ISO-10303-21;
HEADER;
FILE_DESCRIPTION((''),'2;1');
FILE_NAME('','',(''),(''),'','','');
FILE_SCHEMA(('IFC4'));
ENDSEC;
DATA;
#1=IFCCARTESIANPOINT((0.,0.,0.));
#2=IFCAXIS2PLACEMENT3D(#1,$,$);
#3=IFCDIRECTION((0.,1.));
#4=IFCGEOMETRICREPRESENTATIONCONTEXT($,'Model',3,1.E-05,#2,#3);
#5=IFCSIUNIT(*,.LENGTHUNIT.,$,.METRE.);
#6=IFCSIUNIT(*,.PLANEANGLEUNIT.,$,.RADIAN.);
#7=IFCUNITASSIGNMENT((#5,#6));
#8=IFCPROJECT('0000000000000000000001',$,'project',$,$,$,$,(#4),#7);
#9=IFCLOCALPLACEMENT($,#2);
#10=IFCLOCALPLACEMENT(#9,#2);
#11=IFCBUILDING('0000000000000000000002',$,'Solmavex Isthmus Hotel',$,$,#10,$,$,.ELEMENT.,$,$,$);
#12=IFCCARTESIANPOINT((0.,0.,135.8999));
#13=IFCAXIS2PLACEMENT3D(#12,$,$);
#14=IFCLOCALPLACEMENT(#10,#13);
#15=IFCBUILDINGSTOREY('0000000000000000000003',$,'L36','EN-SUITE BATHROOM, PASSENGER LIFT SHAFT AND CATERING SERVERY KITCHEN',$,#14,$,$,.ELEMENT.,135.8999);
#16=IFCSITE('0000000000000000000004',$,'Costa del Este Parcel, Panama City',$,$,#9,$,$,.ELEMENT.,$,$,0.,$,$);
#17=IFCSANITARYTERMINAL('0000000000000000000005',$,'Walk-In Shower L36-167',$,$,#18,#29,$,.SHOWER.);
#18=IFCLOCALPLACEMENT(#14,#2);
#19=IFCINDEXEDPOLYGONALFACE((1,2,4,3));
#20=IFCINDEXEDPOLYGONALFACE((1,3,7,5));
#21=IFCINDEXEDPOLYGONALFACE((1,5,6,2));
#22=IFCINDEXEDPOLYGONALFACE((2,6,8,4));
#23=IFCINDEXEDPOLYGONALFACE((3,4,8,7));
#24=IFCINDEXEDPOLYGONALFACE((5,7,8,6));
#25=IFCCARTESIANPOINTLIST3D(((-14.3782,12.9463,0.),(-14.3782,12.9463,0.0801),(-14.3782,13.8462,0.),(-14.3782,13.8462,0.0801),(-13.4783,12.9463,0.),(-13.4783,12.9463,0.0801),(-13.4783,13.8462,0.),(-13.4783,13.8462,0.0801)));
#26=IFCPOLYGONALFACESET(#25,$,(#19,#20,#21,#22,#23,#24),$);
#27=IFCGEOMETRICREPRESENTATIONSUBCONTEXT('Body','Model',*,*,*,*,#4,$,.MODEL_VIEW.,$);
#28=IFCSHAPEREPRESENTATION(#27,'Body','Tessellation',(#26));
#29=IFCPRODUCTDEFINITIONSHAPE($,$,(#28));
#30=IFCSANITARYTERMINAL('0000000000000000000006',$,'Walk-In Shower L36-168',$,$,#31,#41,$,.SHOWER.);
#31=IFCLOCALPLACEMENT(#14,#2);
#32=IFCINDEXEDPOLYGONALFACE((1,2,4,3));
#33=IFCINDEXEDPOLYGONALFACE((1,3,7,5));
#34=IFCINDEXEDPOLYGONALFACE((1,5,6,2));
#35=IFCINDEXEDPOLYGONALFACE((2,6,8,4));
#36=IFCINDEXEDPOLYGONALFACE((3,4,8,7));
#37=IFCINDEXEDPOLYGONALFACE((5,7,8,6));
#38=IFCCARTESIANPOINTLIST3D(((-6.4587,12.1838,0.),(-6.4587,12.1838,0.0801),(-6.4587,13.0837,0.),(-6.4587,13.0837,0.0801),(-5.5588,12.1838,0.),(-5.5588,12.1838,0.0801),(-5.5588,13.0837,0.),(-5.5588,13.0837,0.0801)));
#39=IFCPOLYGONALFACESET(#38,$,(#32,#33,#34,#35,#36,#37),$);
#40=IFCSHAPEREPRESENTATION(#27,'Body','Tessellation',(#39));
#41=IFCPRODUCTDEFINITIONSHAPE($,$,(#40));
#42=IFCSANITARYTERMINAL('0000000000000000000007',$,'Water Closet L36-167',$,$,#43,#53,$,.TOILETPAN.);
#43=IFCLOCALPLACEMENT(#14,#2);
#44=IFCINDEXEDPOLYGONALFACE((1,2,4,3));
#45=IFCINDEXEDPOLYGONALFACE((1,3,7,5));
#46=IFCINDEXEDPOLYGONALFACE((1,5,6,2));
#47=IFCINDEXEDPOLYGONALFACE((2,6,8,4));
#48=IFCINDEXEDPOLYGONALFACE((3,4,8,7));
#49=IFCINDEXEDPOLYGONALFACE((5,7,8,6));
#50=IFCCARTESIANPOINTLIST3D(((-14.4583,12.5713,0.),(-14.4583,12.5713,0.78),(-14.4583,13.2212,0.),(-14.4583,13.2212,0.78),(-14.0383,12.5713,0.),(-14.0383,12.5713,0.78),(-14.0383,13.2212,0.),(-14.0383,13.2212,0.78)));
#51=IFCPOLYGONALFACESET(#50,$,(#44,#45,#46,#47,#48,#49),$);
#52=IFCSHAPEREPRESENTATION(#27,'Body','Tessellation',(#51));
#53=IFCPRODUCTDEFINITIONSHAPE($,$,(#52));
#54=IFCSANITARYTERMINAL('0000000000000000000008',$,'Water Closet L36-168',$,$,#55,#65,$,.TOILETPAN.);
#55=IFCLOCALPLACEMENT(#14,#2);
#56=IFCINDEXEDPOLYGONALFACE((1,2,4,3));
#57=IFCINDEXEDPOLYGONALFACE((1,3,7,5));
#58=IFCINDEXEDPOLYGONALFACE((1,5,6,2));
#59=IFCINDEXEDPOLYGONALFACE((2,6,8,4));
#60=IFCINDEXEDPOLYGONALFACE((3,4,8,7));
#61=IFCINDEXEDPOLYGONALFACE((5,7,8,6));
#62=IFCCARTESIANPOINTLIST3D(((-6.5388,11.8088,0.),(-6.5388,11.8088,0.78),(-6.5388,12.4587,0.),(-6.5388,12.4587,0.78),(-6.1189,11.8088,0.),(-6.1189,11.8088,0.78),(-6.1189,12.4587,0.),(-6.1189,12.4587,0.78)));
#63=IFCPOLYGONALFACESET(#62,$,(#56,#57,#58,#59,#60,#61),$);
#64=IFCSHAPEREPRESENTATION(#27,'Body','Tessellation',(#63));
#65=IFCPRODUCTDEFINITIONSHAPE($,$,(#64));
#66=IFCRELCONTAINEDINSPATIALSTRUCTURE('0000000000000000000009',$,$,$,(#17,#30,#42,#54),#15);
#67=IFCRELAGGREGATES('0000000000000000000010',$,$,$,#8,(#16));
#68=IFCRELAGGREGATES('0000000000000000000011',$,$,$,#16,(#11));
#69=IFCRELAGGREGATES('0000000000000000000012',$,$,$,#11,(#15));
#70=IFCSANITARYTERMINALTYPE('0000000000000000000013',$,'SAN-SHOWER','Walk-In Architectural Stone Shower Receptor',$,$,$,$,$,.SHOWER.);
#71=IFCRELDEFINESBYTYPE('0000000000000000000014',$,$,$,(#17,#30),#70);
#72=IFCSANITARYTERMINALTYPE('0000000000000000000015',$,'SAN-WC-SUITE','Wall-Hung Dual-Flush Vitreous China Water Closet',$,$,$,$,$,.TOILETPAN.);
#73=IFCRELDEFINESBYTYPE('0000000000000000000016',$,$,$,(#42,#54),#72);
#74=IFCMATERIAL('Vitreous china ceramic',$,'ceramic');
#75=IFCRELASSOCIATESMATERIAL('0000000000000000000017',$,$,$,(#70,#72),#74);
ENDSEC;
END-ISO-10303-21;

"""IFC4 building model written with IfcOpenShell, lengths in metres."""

from ifc_helpers import new_model, si_unit, direction, frame, origin, origin_2d, place, context, subcontext, project, spatial, rectangle, extrude, material, type_object, element, save


model = new_model("IFC4")

# Units and contexts
model_context = context("Model", 3, precision=1e-05, world=origin(), true_north=direction((0.0, 1.0)))
body_context = subcontext(model_context, "Body", "Model", "MODEL_VIEW")
ifc_project = project(units=[si_unit("LENGTHUNIT", "METRE"), si_unit("PLANEANGLEUNIT", "RADIAN")], contexts=[model_context])

# Site, building, storey
site_placement = place(None, origin())
site = spatial("IfcSite", under=ifc_project, at=site_placement, Name="Costa del Este Parcel, Panama City", CompositionType="ELEMENT", RefElevation=0.0)
building_placement = place(site_placement, origin())
building = spatial("IfcBuilding", under=site, at=building_placement, Name="Solmavex Isthmus Hotel", CompositionType="ELEMENT")
storey_placement = place(building_placement, frame((0.0, 0.0, 135.8999)))
storey = spatial("IfcBuildingStorey", under=building, at=storey_placement, Name="L36", Description="EN-SUITE BATHROOM, PASSENGER LIFT SHAFT AND CATERING SERVERY KITCHEN", CompositionType="ELEMENT", Elevation=135.8999)

# Sanitary terminals
ifc_material_1 = material(Name="Vitreous china ceramic", Category="ceramic")
sanitary_terminal_type_1 = type_object("IfcSanitaryTerminalType", Name="SAN-SHOWER", Description="Walk-In Architectural Stone Shower Receptor", PredefinedType="SHOWER", material=ifc_material_1)
for number, where, z_axis, x_axis, name in (
    (1, (-13.9282, 13.3962, 0.0), (0.0, 0.0, 1.0), (1.0, 0.0, 0.0), "Walk-In Shower L36-167"),
    (2, (-6.0088, 12.6338, 0.0), (0.0, 0.0, 1.0), (1.0, 0.0, 0.0), "Walk-In Shower L36-168"),
):
    element("IfcSanitaryTerminal", number, at=place(storey_placement, frame(where, z_axis=z_axis, x_axis=x_axis)), inside=storey, type_object=sanitary_terminal_type_1, Name=name, PredefinedType="SHOWER", context=body_context, shape_type="SweptSolid", body=[
        extrude(rectangle(XDim=0.8999, YDim=0.8999, at=origin_2d()), origin(), (0.0, 0.0, 1.0), 0.0801),
    ])
sanitary_terminal_type_2 = type_object("IfcSanitaryTerminalType", Name="SAN-WC-SUITE", Description="Wall-Hung Dual-Flush Vitreous China Water Closet", PredefinedType="TOILETPAN", material=ifc_material_1)
for number, where, z_axis, x_axis, name in (
    (3, (-14.2483, 12.8962, 0.0), (0.0, 0.0, 1.0), (1.0, 0.0, 0.0), "Water Closet L36-167"),
    (4, (-6.3289, 12.1338, 0.0), (0.0, 0.0, 1.0), (1.0, 0.0, 0.0), "Water Closet L36-168"),
):
    element("IfcSanitaryTerminal", number, at=place(storey_placement, frame(where, z_axis=z_axis, x_axis=x_axis)), inside=storey, type_object=sanitary_terminal_type_2, Name=name, PredefinedType="TOILETPAN", context=body_context, shape_type="SweptSolid", body=[
        extrude(rectangle(XDim=0.4199, YDim=0.6499, at=origin_2d()), origin(), (0.0, 0.0, 1.0), 0.78),
    ])

save(model, "model.ifc")
